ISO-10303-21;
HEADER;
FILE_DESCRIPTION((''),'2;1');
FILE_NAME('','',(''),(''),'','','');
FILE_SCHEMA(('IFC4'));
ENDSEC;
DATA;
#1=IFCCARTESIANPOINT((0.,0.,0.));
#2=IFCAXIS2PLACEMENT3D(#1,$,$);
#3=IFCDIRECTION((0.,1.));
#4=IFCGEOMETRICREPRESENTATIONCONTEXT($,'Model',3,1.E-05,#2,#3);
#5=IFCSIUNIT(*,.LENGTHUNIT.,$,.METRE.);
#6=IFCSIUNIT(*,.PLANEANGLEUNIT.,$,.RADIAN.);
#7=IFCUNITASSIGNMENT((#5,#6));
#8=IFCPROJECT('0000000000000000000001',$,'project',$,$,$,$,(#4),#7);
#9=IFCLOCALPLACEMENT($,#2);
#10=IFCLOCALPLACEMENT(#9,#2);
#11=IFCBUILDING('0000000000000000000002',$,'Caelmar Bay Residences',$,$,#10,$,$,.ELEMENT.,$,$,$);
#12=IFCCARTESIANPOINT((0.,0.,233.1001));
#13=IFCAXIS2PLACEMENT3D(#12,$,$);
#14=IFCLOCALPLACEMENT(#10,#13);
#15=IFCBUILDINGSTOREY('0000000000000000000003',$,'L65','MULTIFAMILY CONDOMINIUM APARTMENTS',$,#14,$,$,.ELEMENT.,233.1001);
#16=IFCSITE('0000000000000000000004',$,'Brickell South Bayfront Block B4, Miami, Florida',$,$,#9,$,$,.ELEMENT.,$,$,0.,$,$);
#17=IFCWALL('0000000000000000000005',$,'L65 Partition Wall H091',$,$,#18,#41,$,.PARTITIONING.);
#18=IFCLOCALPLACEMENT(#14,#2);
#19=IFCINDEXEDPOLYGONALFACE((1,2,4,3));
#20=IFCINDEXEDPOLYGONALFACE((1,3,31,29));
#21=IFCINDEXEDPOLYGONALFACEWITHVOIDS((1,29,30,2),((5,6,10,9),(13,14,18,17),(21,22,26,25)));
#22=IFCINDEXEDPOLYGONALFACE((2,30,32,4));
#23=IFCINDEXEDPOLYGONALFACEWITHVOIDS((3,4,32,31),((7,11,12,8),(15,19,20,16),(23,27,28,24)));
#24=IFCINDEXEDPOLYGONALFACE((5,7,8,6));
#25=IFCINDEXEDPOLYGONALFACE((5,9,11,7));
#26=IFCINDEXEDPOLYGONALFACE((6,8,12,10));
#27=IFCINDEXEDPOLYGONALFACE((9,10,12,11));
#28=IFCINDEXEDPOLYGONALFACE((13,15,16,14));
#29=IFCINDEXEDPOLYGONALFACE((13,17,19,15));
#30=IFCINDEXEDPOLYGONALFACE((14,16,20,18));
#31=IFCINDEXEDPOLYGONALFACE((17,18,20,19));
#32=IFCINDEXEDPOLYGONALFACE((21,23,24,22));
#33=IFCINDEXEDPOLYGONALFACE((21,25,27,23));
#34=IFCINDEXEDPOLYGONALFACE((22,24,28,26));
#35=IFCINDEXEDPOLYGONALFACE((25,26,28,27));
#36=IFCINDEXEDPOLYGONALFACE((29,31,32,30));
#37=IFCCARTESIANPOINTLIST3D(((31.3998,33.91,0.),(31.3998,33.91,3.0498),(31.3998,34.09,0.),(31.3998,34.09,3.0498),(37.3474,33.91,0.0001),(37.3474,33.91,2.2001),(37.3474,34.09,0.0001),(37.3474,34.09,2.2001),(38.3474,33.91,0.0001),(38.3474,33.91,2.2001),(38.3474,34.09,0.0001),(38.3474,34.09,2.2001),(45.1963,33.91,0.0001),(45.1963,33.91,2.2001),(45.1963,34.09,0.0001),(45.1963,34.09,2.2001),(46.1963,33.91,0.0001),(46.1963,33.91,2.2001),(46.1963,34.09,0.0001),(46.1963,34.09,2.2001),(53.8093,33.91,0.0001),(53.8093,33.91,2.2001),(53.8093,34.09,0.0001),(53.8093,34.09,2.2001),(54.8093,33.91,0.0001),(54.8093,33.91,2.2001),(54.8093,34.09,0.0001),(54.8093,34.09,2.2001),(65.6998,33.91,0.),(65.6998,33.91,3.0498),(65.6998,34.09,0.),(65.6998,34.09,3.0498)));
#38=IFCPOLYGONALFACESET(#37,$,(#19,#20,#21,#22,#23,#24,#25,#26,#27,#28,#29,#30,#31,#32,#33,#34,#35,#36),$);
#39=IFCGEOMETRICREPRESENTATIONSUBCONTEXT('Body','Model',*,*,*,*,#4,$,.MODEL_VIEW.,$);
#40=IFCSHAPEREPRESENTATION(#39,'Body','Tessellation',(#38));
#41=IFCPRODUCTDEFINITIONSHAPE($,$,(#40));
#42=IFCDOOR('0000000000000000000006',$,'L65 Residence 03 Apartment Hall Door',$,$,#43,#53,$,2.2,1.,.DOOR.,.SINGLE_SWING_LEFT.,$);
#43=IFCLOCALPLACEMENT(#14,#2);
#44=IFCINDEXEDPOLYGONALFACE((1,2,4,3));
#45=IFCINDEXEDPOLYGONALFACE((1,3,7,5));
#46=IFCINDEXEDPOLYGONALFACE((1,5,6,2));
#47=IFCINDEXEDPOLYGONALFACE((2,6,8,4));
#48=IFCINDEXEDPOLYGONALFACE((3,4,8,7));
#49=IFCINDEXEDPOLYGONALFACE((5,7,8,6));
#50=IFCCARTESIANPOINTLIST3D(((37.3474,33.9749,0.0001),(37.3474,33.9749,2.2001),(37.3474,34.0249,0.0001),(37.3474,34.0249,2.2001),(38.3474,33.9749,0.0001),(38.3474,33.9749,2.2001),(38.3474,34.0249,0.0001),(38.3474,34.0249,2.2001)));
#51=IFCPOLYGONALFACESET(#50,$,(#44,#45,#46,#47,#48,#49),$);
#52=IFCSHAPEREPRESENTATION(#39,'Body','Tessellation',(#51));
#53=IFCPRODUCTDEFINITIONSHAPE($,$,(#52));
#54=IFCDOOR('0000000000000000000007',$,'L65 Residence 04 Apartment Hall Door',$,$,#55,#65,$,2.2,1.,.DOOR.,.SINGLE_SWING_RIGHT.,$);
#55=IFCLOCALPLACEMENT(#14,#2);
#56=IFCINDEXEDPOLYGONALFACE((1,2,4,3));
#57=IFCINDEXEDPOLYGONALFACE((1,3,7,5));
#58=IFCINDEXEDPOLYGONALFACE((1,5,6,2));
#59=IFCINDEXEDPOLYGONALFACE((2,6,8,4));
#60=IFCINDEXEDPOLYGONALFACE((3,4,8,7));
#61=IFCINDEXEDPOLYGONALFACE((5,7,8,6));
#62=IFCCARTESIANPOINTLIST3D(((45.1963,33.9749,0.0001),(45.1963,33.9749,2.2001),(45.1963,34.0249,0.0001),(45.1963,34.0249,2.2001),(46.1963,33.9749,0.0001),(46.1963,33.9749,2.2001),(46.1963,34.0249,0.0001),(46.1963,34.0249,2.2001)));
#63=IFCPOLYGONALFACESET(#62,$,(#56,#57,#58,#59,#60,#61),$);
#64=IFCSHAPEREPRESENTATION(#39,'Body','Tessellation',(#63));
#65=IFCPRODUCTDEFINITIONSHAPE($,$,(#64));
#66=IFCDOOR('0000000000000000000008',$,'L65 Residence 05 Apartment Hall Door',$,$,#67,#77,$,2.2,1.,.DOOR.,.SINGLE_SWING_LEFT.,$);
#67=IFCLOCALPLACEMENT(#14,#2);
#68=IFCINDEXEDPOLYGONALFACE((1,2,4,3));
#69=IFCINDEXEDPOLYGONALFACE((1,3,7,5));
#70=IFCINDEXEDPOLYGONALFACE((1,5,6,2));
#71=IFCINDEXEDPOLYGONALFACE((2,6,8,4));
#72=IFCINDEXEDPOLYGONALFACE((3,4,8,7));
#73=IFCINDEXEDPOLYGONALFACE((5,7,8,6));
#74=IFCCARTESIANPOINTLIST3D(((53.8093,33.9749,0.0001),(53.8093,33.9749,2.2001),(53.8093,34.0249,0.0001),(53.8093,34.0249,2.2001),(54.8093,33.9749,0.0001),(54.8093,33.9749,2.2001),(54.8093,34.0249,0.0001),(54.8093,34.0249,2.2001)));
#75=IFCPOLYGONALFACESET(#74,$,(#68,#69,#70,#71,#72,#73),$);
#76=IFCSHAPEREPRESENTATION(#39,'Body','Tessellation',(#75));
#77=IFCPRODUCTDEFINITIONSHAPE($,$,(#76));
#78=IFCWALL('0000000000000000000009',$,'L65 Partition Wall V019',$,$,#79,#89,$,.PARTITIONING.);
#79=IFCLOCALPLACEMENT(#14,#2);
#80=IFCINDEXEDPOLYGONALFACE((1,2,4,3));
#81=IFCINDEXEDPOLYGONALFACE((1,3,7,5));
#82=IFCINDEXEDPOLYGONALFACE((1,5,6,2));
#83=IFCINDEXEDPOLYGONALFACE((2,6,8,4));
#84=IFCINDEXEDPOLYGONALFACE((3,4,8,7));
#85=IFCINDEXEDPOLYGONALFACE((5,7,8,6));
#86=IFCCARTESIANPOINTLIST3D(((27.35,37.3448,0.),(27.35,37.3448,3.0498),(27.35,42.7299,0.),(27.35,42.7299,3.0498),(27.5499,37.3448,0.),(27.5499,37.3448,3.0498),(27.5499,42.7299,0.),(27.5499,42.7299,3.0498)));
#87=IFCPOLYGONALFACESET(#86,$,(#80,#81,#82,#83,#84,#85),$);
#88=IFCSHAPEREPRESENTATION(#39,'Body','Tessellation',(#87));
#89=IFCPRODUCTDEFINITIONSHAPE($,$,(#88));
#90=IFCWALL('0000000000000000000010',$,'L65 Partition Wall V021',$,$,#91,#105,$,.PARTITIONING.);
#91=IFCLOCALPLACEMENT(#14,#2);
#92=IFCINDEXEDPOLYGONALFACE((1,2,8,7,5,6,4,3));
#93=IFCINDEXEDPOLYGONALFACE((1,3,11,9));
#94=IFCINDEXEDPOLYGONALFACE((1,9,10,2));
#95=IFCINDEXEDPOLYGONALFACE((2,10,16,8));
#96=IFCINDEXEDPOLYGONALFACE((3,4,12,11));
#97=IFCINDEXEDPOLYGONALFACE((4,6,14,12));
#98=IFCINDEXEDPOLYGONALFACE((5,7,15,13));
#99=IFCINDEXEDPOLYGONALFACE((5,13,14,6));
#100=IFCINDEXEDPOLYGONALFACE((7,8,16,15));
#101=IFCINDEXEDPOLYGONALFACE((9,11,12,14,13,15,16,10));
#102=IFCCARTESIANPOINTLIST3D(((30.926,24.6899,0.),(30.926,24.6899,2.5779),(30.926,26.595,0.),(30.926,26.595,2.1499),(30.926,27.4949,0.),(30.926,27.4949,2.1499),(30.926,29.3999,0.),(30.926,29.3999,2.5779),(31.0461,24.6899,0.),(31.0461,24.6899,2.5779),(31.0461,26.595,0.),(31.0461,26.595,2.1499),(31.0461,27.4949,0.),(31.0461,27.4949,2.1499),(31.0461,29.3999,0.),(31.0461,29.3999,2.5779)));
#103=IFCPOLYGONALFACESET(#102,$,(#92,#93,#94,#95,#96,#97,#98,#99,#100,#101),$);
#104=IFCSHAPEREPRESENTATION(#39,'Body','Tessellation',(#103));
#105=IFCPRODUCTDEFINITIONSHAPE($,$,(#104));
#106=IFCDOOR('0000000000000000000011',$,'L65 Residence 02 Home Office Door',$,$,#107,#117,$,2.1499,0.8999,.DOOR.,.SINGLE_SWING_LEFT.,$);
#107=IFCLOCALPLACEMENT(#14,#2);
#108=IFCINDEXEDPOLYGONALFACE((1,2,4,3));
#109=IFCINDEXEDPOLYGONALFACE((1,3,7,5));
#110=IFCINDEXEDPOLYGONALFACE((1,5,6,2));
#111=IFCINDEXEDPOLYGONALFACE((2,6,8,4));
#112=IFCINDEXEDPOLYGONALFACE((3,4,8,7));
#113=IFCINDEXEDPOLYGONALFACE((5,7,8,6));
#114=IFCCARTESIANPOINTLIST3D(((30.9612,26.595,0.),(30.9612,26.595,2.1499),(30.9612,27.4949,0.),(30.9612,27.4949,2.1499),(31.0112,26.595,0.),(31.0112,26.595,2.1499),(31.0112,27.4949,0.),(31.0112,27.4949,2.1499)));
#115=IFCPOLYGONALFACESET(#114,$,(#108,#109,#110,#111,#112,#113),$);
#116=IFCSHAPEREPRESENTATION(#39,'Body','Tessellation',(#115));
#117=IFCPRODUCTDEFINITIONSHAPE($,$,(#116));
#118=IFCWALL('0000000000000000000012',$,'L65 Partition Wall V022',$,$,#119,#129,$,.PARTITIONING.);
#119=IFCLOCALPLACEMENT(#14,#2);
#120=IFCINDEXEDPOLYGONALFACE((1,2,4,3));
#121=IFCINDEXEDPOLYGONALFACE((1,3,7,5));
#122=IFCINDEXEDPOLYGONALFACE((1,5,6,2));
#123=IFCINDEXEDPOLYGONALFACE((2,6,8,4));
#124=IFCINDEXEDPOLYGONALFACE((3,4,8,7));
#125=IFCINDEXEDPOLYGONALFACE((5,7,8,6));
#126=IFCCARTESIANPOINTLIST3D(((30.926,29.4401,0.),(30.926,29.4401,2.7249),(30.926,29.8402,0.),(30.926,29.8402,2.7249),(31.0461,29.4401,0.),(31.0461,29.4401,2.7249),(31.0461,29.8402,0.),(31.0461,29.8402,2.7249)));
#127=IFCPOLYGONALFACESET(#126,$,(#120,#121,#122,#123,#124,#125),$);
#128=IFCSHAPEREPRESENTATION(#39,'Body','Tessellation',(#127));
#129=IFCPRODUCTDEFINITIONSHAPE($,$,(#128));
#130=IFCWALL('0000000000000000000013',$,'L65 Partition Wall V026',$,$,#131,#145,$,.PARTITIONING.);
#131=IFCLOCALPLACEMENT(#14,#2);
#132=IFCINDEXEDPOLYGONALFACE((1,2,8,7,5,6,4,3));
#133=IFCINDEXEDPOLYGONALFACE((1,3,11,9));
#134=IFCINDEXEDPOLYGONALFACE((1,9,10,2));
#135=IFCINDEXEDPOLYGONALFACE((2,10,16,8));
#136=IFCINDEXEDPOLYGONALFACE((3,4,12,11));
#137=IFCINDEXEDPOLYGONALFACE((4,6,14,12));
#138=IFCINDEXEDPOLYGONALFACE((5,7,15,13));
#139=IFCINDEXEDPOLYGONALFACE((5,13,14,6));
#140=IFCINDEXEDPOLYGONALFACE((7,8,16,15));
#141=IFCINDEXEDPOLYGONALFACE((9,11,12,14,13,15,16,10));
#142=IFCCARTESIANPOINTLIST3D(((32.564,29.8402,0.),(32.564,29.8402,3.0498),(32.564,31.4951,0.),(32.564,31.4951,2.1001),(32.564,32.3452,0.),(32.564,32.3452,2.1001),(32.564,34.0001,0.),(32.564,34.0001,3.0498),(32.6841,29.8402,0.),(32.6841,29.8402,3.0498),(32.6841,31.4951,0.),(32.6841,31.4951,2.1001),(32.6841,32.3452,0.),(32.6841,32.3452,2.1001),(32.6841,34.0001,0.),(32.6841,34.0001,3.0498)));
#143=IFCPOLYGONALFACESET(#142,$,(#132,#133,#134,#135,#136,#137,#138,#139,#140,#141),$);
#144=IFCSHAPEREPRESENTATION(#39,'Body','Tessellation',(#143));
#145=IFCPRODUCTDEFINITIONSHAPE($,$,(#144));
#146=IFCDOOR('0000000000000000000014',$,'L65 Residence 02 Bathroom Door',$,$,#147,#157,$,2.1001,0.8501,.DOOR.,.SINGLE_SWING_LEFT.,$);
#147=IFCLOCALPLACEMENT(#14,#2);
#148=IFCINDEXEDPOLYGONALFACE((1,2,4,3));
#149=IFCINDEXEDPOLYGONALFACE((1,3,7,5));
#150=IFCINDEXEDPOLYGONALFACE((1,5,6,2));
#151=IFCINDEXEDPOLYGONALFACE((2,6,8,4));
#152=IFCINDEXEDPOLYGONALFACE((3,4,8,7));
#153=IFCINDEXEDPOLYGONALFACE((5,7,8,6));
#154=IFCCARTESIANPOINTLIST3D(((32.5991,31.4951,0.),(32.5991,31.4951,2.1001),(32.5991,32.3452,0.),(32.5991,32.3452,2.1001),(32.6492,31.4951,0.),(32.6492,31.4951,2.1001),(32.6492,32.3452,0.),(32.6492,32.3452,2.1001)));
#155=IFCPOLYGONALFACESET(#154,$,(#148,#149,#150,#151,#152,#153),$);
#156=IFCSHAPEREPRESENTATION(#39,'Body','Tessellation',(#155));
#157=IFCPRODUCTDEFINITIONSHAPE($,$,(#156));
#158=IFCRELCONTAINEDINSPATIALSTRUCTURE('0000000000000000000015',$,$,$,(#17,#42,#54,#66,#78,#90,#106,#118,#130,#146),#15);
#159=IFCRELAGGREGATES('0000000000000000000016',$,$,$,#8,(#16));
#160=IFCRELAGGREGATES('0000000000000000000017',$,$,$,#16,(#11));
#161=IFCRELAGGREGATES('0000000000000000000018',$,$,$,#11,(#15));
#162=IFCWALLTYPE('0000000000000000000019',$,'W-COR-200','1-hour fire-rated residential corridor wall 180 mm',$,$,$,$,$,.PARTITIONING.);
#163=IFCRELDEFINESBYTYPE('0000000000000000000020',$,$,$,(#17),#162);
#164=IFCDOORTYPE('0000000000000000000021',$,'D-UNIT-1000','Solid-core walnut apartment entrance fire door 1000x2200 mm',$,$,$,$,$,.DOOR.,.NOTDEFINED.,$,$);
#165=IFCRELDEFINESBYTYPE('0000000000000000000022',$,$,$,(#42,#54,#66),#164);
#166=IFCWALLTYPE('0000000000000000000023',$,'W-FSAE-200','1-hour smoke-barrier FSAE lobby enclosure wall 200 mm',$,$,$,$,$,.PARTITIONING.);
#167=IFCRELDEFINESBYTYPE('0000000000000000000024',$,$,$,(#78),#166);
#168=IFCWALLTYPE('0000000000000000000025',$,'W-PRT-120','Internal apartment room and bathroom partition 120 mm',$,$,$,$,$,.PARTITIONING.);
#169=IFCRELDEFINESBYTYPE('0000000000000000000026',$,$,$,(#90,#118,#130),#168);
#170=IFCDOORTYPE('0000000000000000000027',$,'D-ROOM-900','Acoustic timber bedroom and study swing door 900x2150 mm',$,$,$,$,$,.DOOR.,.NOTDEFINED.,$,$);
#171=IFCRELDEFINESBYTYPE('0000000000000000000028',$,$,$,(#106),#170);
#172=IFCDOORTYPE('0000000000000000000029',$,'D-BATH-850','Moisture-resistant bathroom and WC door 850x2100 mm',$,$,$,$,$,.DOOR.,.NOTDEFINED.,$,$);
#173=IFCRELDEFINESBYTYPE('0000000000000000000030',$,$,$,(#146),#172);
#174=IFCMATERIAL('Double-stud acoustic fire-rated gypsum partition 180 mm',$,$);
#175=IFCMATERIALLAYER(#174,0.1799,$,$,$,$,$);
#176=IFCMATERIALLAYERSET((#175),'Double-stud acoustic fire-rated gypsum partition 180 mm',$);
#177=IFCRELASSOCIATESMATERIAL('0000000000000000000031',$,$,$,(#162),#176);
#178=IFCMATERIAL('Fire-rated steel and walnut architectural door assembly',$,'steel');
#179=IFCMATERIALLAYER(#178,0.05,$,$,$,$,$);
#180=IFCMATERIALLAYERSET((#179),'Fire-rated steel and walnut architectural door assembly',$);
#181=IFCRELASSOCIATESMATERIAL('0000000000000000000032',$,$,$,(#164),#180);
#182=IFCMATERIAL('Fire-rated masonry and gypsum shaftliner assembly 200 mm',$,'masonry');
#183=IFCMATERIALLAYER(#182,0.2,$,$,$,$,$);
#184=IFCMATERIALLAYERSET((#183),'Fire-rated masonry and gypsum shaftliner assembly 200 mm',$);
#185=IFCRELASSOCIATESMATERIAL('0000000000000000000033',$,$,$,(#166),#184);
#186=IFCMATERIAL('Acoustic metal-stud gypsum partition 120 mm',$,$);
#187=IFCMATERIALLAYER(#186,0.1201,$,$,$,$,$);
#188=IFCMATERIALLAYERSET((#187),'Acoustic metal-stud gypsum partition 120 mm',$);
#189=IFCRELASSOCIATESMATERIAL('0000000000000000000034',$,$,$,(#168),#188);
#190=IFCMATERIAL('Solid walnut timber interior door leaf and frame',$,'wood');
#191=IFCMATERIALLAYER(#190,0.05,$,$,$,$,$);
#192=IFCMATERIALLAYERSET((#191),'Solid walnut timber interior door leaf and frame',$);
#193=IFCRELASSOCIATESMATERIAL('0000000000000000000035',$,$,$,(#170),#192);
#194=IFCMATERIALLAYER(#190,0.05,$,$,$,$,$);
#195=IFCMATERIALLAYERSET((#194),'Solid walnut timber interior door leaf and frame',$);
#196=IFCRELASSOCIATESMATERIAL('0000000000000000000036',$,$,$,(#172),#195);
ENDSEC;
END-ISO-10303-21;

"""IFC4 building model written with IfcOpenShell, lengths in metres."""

from ifc_helpers import new_model, si_unit, direction, frame, frame_2d, origin, place, context, subcontext, project, spatial, rectangle, extrude, material, layer, layer_set, type_object, element, fill, save


model = new_model("IFC4")

# Units and contexts
model_context = context("Model", 3, precision=1e-05, world=origin(), true_north=direction((0.0, 1.0)))
body_context = subcontext(model_context, "Body", "Model", "MODEL_VIEW")
ifc_project = project(units=[si_unit("LENGTHUNIT", "METRE"), si_unit("PLANEANGLEUNIT", "RADIAN")], contexts=[model_context])

# Site, building, storey
site_placement = place(None, origin())
site = spatial("IfcSite", under=ifc_project, at=site_placement, Name="Brickell South Bayfront Block B4, Miami, Florida", CompositionType="ELEMENT", RefElevation=0.0)
building_placement = place(site_placement, origin())
building = spatial("IfcBuilding", under=site, at=building_placement, Name="Caelmar Bay Residences", CompositionType="ELEMENT")
storey_placement = place(building_placement, frame((0.0, 0.0, 233.1001)))
storey = spatial("IfcBuildingStorey", under=building, at=storey_placement, Name="L65", Description="MULTIFAMILY CONDOMINIUM APARTMENTS", CompositionType="ELEMENT", Elevation=233.1001)

# Wall, openings, doors
ifc_material_1 = material(Name="Double-stud acoustic fire-rated gypsum partition 180 mm")
ifc_layer_1 = layer(ifc_material_1, 0.1799)
ifc_layer_set_1 = layer_set([ifc_layer_1], Name="Double-stud acoustic fire-rated gypsum partition 180 mm")
wall_type_1 = type_object("IfcWallType", Name="W-COR-200", Description="1-hour fire-rated residential corridor wall 180 mm", PredefinedType="PARTITIONING", material=ifc_layer_set_1)
wall_1_placement = place(storey_placement, frame((31.3999, 34.0, 0.0), z_axis=(0.0, 0.0, 1.0), x_axis=(1.0, 0.0, 0.0)))
wall_1 = element("IfcWall", 1, at=wall_1_placement, inside=storey, type_object=wall_type_1, Name="L65 Partition Wall H091", PredefinedType="PARTITIONING", context=body_context, shape_type="SweptSolid", body=[
    extrude(rectangle(XDim=34.3, YDim=0.1799, at=frame_2d((17.1499, 0.0))), origin(), (0.0, 0.0, 1.0), 3.0498),
])
opening_1_placement = place(wall_1_placement, frame((5.9475, 0.0, 0.0)))
opening_1 = element("IfcOpeningElement", 2, at=opening_1_placement, cuts=wall_1, PredefinedType="OPENING", context=body_context, shape_type="SweptSolid", body=[
    extrude(rectangle(XDim=1.0, YDim=2.2, at=frame_2d((0.5, 1.1001))), frame((0.0, 0.0999, 0.0), z_axis=(0.0, -1.0, 0.0), x_axis=(1.0, 0.0, 0.0)), (0.0, 0.0, 1.0), 0.2),
])
opening_2_placement = place(wall_1_placement, frame((13.7964, 0.0, 0.0)))
opening_2 = element("IfcOpeningElement", 3, at=opening_2_placement, cuts=wall_1, PredefinedType="OPENING", context=body_context, shape_type="SweptSolid", body=[
    extrude(rectangle(XDim=1.0, YDim=2.2, at=frame_2d((0.5, 1.1001))), frame((0.0, 0.0999, 0.0), z_axis=(0.0, -1.0, 0.0), x_axis=(1.0, 0.0, 0.0)), (0.0, 0.0, 1.0), 0.2),
])
opening_3_placement = place(wall_1_placement, frame((22.4094, 0.0, 0.0)))
opening_3 = element("IfcOpeningElement", 4, at=opening_3_placement, cuts=wall_1, PredefinedType="OPENING", context=body_context, shape_type="SweptSolid", body=[
    extrude(rectangle(XDim=1.0, YDim=2.2, at=frame_2d((0.5, 1.1001))), frame((0.0, 0.0999, 0.0), z_axis=(0.0, -1.0, 0.0), x_axis=(1.0, 0.0, 0.0)), (0.0, 0.0, 1.0), 0.2),
])
ifc_material_2 = material(Name="Fire-rated steel and walnut architectural door assembly", Category="steel")
ifc_layer_2 = layer(ifc_material_2, 0.05)
ifc_layer_set_2 = layer_set([ifc_layer_2], Name="Fire-rated steel and walnut architectural door assembly")
door_type_1 = type_object("IfcDoorType", Name="D-UNIT-1000", Description="Solid-core walnut apartment entrance fire door 1000x2200 mm", OperationType="NOTDEFINED", PredefinedType="DOOR", material=ifc_layer_set_2)
door_1_placement = place(opening_1_placement, origin())
door_1 = element("IfcDoor", 5, at=door_1_placement, inside=storey, type_object=door_type_1, Name="L65 Residence 03 Apartment Hall Door", OperationType="SINGLE_SWING_LEFT", OverallHeight=2.2, OverallWidth=1.0, PredefinedType="DOOR", context=body_context, shape_type="SweptSolid", body=[
    extrude(rectangle(XDim=1.0, YDim=2.2, at=frame_2d((0.5, 1.1001))), frame((0.0, 0.0249, 0.0), z_axis=(0.0, -1.0, 0.0), x_axis=(1.0, 0.0, 0.0)), (0.0, 0.0, 1.0), 0.05),
])
fill(opening_1, door_1)
door_2_placement = place(opening_2_placement, origin())
door_2 = element("IfcDoor", 6, at=door_2_placement, inside=storey, type_object=door_type_1, Name="L65 Residence 04 Apartment Hall Door", OperationType="SINGLE_SWING_RIGHT", OverallHeight=2.2, OverallWidth=1.0, PredefinedType="DOOR", context=body_context, shape_type="SweptSolid", body=[
    extrude(rectangle(XDim=1.0, YDim=2.2, at=frame_2d((0.5, 1.1001))), frame((0.0, 0.0249, 0.0), z_axis=(0.0, -1.0, 0.0), x_axis=(1.0, 0.0, 0.0)), (0.0, 0.0, 1.0), 0.05),
])
fill(opening_2, door_2)
door_3_placement = place(opening_3_placement, origin())
door_3 = element("IfcDoor", 7, at=door_3_placement, inside=storey, type_object=door_type_1, Name="L65 Residence 05 Apartment Hall Door", OperationType="SINGLE_SWING_LEFT", OverallHeight=2.2, OverallWidth=1.0, PredefinedType="DOOR", context=body_context, shape_type="SweptSolid", body=[
    extrude(rectangle(XDim=1.0, YDim=2.2, at=frame_2d((0.5, 1.1001))), frame((0.0, 0.0249, 0.0), z_axis=(0.0, -1.0, 0.0), x_axis=(1.0, 0.0, 0.0)), (0.0, 0.0, 1.0), 0.05),
])
fill(opening_3, door_3)

# Wall
ifc_material_3 = material(Name="Fire-rated masonry and gypsum shaftliner assembly 200 mm", Category="masonry")
ifc_layer_3 = layer(ifc_material_3, 0.2)
ifc_layer_set_3 = layer_set([ifc_layer_3], Name="Fire-rated masonry and gypsum shaftliner assembly 200 mm")
wall_type_2 = type_object("IfcWallType", Name="W-FSAE-200", Description="1-hour smoke-barrier FSAE lobby enclosure wall 200 mm", PredefinedType="PARTITIONING", material=ifc_layer_set_3)
wall_2_placement = place(storey_placement, frame((27.45, 37.345, 0.0), z_axis=(0.0, 0.0, 1.0), x_axis=(0.0, 1.0, 0.0)))
element("IfcWall", 8, at=wall_2_placement, inside=storey, type_object=wall_type_2, Name="L65 Partition Wall V019", PredefinedType="PARTITIONING", context=body_context, shape_type="SweptSolid", body=[
    extrude(rectangle(XDim=5.385, YDim=0.2, at=frame_2d((2.6924, 0.0))), origin(), (0.0, 0.0, 1.0), 3.0498),
])

# Wall, opening, door
ifc_material_4 = material(Name="Acoustic metal-stud gypsum partition 120 mm")
ifc_layer_4 = layer(ifc_material_4, 0.1201)
ifc_layer_set_4 = layer_set([ifc_layer_4], Name="Acoustic metal-stud gypsum partition 120 mm")
wall_type_3 = type_object("IfcWallType", Name="W-PRT-120", Description="Internal apartment room and bathroom partition 120 mm", PredefinedType="PARTITIONING", material=ifc_layer_set_4)
wall_3_placement = place(storey_placement, frame((30.9861, 24.6899, 0.0), z_axis=(0.0, 0.0, 1.0), x_axis=(0.0, 1.0, 0.0)))
wall_3 = element("IfcWall", 9, at=wall_3_placement, inside=storey, type_object=wall_type_3, Name="L65 Partition Wall V021", PredefinedType="PARTITIONING", context=body_context, shape_type="SweptSolid", body=[
    extrude(rectangle(XDim=4.71, YDim=0.1201, at=frame_2d((2.355, 0.0))), origin(), (0.0, 0.0, 1.0), 2.5779),
])
opening_4_placement = place(wall_3_placement, frame((1.905, 0.0, 0.0)))
opening_4 = element("IfcOpeningElement", 10, at=opening_4_placement, cuts=wall_3, PredefinedType="OPENING", context=body_context, shape_type="SweptSolid", body=[
    extrude(rectangle(XDim=0.8999, YDim=2.1499, at=frame_2d((0.45, 1.075))), frame((0.0, 0.0701, 0.0), z_axis=(0.0, -1.0, 0.0), x_axis=(1.0, 0.0, 0.0)), (0.0, 0.0, 1.0), 0.1401),
])
ifc_material_5 = material(Name="Solid walnut timber interior door leaf and frame", Category="wood")
ifc_layer_5 = layer(ifc_material_5, 0.05)
ifc_layer_set_5 = layer_set([ifc_layer_5], Name="Solid walnut timber interior door leaf and frame")
door_type_2 = type_object("IfcDoorType", Name="D-ROOM-900", Description="Acoustic timber bedroom and study swing door 900x2150 mm", OperationType="NOTDEFINED", PredefinedType="DOOR", material=ifc_layer_set_5)
door_4_placement = place(opening_4_placement, origin())
door_4 = element("IfcDoor", 11, at=door_4_placement, inside=storey, type_object=door_type_2, Name="L65 Residence 02 Home Office Door", OperationType="SINGLE_SWING_LEFT", OverallHeight=2.1499, OverallWidth=0.8999, PredefinedType="DOOR", context=body_context, shape_type="SweptSolid", body=[
    extrude(rectangle(XDim=0.8999, YDim=2.1499, at=frame_2d((0.45, 1.075))), frame((0.0, 0.0249, 0.0), z_axis=(0.0, -1.0, 0.0), x_axis=(1.0, 0.0, 0.0)), (0.0, 0.0, 1.0), 0.05),
])
fill(opening_4, door_4)

# Wall
wall_4_placement = place(storey_placement, frame((30.9861, 29.4399, 0.0), z_axis=(0.0, 0.0, 1.0), x_axis=(0.0, 1.0, 0.0)))
element("IfcWall", 12, at=wall_4_placement, inside=storey, type_object=wall_type_3, Name="L65 Partition Wall V022", PredefinedType="PARTITIONING", context=body_context, shape_type="SweptSolid", body=[
    extrude(rectangle(XDim=0.4001, YDim=0.1201, at=frame_2d((0.2002, 0.0))), origin(), (0.0, 0.0, 1.0), 2.7249),
])

# Wall, opening, door
wall_5_placement = place(storey_placement, frame((32.624, 29.8401, 0.0), z_axis=(0.0, 0.0, 1.0), x_axis=(0.0, 1.0, 0.0)))
wall_5 = element("IfcWall", 13, at=wall_5_placement, inside=storey, type_object=wall_type_3, Name="L65 Partition Wall V026", PredefinedType="PARTITIONING", context=body_context, shape_type="SweptSolid", body=[
    extrude(rectangle(XDim=4.1599, YDim=0.1201, at=frame_2d((2.0801, 0.0))), origin(), (0.0, 0.0, 1.0), 3.0498),
])
opening_5_placement = place(wall_5_placement, frame((1.655, 0.0, 0.0)))
opening_5 = element("IfcOpeningElement", 14, at=opening_5_placement, cuts=wall_5, PredefinedType="OPENING", context=body_context, shape_type="SweptSolid", body=[
    extrude(rectangle(XDim=0.8501, YDim=2.1001, at=frame_2d((0.425, 1.05))), frame((0.0, 0.0701, 0.0), z_axis=(0.0, -1.0, 0.0), x_axis=(1.0, 0.0, 0.0)), (0.0, 0.0, 1.0), 0.1401),
])
ifc_layer_6 = layer(ifc_material_5, 0.05)
ifc_layer_set_6 = layer_set([ifc_layer_6], Name="Solid walnut timber interior door leaf and frame")
door_type_3 = type_object("IfcDoorType", Name="D-BATH-850", Description="Moisture-resistant bathroom and WC door 850x2100 mm", OperationType="NOTDEFINED", PredefinedType="DOOR", material=ifc_layer_set_6)
door_5_placement = place(opening_5_placement, origin())
door_5 = element("IfcDoor", 15, at=door_5_placement, inside=storey, type_object=door_type_3, Name="L65 Residence 02 Bathroom Door", OperationType="SINGLE_SWING_LEFT", OverallHeight=2.1001, OverallWidth=0.8501, PredefinedType="DOOR", context=body_context, shape_type="SweptSolid", body=[
    extrude(rectangle(XDim=0.8501, YDim=2.1001, at=frame_2d((0.425, 1.05))), frame((0.0, 0.0249, 0.0), z_axis=(0.0, -1.0, 0.0), x_axis=(1.0, 0.0, 0.0)), (0.0, 0.0, 1.0), 0.05),
])
fill(opening_5, door_5)

save(model, "model.ifc")
